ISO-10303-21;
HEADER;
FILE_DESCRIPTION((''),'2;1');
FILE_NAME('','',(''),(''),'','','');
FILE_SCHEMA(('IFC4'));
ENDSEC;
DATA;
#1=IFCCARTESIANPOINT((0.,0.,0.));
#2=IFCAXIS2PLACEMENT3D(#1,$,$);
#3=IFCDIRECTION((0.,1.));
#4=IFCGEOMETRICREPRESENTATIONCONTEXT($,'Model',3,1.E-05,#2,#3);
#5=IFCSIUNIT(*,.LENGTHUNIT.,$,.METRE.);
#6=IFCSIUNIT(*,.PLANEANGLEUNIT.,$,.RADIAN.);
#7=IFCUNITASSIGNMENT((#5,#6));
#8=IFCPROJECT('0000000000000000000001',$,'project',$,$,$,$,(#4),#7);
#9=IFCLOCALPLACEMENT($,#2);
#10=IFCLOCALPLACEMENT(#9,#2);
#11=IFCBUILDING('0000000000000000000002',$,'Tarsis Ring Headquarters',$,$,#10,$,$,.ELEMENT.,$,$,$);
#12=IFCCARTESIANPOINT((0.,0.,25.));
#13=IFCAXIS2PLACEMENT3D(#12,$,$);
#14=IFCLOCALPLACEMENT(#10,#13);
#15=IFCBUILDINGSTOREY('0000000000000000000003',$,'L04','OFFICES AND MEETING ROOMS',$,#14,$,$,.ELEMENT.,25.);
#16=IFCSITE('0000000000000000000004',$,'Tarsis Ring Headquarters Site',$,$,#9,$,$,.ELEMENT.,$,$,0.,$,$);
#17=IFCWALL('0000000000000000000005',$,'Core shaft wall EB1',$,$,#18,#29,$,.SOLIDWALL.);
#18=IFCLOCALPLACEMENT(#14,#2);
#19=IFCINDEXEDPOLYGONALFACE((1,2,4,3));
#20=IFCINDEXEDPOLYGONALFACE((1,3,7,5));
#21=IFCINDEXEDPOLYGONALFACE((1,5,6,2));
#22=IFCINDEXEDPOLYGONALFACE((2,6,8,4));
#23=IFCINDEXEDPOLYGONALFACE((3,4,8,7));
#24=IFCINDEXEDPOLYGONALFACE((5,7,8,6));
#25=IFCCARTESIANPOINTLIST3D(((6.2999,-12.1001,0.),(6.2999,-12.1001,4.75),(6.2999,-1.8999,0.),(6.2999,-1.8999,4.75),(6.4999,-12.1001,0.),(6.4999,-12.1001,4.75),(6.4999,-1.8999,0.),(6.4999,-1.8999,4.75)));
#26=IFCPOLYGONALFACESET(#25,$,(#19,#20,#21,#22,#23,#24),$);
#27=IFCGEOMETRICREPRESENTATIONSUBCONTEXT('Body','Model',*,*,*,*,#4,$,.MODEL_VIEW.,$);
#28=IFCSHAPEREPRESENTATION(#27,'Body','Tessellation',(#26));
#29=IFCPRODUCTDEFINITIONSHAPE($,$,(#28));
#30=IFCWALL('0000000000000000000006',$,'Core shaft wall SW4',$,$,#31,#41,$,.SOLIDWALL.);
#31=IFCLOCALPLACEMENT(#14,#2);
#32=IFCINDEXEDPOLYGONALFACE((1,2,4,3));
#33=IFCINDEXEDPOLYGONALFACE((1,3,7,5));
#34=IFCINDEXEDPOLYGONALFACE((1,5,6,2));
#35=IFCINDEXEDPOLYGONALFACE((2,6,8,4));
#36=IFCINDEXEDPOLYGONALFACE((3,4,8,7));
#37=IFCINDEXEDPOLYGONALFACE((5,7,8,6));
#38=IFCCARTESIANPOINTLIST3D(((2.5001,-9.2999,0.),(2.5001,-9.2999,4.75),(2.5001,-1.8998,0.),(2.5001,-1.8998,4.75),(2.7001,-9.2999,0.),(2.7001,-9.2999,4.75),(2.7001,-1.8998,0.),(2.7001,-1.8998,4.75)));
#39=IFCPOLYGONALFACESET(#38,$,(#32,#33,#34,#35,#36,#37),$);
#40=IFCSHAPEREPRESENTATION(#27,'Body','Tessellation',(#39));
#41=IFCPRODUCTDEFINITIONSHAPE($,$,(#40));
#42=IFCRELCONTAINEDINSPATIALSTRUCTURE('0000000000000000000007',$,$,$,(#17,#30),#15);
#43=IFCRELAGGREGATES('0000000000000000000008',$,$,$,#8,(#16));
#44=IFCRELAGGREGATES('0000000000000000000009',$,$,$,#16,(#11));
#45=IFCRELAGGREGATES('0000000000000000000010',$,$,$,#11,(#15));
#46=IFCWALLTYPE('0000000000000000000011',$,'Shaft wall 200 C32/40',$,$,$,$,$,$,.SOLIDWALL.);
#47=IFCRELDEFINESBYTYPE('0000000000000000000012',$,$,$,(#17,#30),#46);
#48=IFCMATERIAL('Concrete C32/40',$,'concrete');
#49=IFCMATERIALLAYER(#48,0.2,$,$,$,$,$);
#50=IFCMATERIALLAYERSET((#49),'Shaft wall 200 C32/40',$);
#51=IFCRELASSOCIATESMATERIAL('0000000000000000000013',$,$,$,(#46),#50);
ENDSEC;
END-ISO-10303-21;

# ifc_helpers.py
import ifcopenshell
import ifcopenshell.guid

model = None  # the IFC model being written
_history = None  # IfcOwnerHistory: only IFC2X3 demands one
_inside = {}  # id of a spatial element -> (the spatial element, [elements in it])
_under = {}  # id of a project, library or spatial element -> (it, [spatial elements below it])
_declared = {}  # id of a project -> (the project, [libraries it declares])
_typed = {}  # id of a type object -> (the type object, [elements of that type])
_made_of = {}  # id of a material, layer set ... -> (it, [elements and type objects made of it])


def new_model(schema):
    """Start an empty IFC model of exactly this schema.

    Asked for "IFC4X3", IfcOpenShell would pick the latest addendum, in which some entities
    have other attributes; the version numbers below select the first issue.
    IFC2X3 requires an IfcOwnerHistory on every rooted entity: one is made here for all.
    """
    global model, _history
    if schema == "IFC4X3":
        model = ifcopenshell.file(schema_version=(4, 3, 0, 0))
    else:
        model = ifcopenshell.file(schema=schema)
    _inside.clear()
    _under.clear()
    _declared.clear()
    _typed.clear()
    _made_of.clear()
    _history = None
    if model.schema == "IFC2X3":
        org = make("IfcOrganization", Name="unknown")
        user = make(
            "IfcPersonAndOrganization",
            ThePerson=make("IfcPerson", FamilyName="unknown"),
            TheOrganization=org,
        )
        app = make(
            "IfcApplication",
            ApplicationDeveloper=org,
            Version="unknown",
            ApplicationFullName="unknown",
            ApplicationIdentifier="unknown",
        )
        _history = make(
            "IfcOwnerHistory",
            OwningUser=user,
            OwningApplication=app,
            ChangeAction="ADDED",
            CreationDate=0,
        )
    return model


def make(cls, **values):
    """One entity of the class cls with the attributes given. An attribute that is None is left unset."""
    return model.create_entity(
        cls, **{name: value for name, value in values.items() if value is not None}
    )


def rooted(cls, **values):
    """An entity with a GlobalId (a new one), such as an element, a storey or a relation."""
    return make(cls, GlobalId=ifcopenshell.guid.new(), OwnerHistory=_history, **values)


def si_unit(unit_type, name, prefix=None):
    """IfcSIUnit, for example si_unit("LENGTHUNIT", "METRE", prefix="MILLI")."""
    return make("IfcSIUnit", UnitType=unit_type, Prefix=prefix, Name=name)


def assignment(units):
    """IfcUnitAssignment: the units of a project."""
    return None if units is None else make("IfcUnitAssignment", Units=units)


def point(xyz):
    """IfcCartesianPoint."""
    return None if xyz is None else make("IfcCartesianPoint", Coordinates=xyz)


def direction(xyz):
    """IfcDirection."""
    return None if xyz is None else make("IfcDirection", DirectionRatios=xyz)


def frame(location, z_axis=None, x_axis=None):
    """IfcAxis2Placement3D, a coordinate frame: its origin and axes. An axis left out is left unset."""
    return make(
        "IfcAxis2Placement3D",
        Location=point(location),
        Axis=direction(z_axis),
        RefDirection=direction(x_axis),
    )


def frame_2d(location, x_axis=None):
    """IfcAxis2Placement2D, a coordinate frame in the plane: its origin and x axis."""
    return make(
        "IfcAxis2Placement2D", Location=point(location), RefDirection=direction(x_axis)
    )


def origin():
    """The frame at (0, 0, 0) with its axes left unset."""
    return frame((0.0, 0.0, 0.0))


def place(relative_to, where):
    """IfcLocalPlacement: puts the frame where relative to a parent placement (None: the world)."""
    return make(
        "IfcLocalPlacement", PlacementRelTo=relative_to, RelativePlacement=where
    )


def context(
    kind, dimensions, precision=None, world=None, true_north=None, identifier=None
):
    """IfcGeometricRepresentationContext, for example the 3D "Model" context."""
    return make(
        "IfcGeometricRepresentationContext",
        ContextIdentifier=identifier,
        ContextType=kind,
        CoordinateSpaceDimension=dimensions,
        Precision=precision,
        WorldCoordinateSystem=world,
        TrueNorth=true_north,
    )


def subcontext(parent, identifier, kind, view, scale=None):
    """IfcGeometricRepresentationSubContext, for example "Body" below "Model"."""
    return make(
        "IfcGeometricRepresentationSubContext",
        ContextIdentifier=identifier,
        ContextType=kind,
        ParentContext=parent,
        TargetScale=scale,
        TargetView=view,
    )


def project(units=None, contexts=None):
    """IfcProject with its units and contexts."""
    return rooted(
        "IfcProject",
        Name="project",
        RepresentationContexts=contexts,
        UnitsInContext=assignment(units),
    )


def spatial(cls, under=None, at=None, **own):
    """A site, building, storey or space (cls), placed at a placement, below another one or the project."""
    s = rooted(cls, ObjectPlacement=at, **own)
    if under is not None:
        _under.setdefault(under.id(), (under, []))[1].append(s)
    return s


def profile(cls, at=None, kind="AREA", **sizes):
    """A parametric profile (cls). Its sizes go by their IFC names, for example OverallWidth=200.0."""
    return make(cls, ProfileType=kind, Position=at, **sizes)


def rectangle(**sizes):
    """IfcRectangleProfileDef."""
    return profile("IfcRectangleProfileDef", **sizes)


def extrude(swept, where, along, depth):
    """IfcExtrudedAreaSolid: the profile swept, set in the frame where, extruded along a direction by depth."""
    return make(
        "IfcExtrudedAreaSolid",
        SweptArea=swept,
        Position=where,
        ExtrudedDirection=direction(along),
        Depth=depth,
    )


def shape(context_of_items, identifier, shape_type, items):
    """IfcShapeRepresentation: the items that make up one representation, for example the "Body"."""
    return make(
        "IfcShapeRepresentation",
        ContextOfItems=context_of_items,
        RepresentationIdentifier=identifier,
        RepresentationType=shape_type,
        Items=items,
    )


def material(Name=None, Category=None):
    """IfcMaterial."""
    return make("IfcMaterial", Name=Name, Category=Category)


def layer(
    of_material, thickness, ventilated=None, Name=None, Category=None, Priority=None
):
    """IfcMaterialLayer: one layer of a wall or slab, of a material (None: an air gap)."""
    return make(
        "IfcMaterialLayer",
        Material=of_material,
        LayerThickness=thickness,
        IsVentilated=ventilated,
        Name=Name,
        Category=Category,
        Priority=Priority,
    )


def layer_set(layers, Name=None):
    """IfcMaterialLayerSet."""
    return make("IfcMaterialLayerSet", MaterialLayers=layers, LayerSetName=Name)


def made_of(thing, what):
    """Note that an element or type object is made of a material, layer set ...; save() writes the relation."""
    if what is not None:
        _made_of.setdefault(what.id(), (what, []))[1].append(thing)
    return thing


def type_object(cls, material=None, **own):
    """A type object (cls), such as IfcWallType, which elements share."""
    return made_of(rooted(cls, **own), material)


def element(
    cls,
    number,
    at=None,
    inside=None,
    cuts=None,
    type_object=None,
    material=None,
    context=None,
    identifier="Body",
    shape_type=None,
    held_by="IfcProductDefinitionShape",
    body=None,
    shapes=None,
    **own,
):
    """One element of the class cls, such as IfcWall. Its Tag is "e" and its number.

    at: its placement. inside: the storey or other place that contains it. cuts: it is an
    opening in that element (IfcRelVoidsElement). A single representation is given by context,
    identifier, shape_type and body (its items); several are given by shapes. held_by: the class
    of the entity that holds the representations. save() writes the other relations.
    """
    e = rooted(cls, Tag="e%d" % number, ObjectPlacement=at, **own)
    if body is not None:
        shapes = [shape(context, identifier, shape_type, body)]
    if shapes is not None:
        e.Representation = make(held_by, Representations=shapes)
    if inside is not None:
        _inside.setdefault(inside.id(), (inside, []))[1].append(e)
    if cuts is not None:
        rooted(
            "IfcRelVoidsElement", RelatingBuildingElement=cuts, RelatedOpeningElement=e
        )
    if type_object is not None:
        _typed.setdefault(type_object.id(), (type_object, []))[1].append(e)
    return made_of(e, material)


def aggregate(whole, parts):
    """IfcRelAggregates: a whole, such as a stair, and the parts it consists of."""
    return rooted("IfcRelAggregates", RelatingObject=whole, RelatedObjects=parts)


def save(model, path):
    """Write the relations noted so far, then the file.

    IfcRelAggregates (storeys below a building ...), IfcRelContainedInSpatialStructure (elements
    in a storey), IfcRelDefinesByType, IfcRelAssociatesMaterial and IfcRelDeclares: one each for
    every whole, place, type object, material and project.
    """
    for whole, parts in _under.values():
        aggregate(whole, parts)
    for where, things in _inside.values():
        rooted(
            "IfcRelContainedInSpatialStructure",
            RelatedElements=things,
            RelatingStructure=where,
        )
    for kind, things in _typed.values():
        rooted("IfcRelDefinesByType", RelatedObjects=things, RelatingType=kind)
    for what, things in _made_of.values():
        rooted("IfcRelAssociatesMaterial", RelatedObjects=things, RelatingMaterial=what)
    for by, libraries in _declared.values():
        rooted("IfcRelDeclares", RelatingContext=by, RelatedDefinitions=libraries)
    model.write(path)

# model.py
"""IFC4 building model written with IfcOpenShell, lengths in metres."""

from ifc_helpers import new_model, si_unit, direction, frame, frame_2d, origin, place, context, subcontext, project, spatial, rectangle, extrude, material, layer, layer_set, type_object, element, save


model = new_model("IFC4")

# Units and contexts
model_context = context("Model", 3, precision=1e-05, world=origin(), true_north=direction((0.0, 1.0)))
body_context = subcontext(model_context, "Body", "Model", "MODEL_VIEW")
ifc_project = project(units=[si_unit("LENGTHUNIT", "METRE"), si_unit("PLANEANGLEUNIT", "RADIAN")], contexts=[model_context])

# Site, building, storey
site_placement = place(None, origin())
site = spatial("IfcSite", under=ifc_project, at=site_placement, Name="Tarsis Ring Headquarters Site", CompositionType="ELEMENT", RefElevation=0.0)
building_placement = place(site_placement, origin())
building = spatial("IfcBuilding", under=site, at=building_placement, Name="Tarsis Ring Headquarters", CompositionType="ELEMENT")
storey_placement = place(building_placement, frame((0.0, 0.0, 25.0)))
storey = spatial("IfcBuildingStorey", under=building, at=storey_placement, Name="L04", Description="OFFICES AND MEETING ROOMS", CompositionType="ELEMENT", Elevation=25.0)

# Walls
ifc_material_1 = material(Name="Concrete C32/40", Category="concrete")
ifc_layer_1 = layer(ifc_material_1, 0.2)
ifc_layer_set_1 = layer_set([ifc_layer_1], Name="Shaft wall 200 C32/40")
wall_type_1 = type_object("IfcWallType", Name="Shaft wall 200 C32/40", PredefinedType="SOLIDWALL", material=ifc_layer_set_1)
wall_1_placement = place(storey_placement, frame((6.3999, -12.1001, 0.0), z_axis=(0.0, 0.0, 1.0), x_axis=(0.0, 1.0, 0.0)))
element("IfcWall", 1, at=wall_1_placement, inside=storey, type_object=wall_type_1, Name="Core shaft wall EB1", PredefinedType="SOLIDWALL", context=body_context, shape_type="SweptSolid", body=[
    extrude(rectangle(XDim=10.2002, YDim=0.2, at=frame_2d((5.1001, 0.0))), origin(), (0.0, 0.0, 1.0), 4.75),
])
wall_2_placement = place(storey_placement, frame((2.6001, -9.3, 0.0), z_axis=(0.0, 0.0, 1.0), x_axis=(0.0, 1.0, 0.0)))
element("IfcWall", 2, at=wall_2_placement, inside=storey, type_object=wall_type_1, Name="Core shaft wall SW4", PredefinedType="SOLIDWALL", context=body_context, shape_type="SweptSolid", body=[
    extrude(rectangle(XDim=7.4001, YDim=0.2, at=frame_2d((3.7002, 0.0))), origin(), (0.0, 0.0, 1.0), 4.75),
])

save(model, "model.ifc")
